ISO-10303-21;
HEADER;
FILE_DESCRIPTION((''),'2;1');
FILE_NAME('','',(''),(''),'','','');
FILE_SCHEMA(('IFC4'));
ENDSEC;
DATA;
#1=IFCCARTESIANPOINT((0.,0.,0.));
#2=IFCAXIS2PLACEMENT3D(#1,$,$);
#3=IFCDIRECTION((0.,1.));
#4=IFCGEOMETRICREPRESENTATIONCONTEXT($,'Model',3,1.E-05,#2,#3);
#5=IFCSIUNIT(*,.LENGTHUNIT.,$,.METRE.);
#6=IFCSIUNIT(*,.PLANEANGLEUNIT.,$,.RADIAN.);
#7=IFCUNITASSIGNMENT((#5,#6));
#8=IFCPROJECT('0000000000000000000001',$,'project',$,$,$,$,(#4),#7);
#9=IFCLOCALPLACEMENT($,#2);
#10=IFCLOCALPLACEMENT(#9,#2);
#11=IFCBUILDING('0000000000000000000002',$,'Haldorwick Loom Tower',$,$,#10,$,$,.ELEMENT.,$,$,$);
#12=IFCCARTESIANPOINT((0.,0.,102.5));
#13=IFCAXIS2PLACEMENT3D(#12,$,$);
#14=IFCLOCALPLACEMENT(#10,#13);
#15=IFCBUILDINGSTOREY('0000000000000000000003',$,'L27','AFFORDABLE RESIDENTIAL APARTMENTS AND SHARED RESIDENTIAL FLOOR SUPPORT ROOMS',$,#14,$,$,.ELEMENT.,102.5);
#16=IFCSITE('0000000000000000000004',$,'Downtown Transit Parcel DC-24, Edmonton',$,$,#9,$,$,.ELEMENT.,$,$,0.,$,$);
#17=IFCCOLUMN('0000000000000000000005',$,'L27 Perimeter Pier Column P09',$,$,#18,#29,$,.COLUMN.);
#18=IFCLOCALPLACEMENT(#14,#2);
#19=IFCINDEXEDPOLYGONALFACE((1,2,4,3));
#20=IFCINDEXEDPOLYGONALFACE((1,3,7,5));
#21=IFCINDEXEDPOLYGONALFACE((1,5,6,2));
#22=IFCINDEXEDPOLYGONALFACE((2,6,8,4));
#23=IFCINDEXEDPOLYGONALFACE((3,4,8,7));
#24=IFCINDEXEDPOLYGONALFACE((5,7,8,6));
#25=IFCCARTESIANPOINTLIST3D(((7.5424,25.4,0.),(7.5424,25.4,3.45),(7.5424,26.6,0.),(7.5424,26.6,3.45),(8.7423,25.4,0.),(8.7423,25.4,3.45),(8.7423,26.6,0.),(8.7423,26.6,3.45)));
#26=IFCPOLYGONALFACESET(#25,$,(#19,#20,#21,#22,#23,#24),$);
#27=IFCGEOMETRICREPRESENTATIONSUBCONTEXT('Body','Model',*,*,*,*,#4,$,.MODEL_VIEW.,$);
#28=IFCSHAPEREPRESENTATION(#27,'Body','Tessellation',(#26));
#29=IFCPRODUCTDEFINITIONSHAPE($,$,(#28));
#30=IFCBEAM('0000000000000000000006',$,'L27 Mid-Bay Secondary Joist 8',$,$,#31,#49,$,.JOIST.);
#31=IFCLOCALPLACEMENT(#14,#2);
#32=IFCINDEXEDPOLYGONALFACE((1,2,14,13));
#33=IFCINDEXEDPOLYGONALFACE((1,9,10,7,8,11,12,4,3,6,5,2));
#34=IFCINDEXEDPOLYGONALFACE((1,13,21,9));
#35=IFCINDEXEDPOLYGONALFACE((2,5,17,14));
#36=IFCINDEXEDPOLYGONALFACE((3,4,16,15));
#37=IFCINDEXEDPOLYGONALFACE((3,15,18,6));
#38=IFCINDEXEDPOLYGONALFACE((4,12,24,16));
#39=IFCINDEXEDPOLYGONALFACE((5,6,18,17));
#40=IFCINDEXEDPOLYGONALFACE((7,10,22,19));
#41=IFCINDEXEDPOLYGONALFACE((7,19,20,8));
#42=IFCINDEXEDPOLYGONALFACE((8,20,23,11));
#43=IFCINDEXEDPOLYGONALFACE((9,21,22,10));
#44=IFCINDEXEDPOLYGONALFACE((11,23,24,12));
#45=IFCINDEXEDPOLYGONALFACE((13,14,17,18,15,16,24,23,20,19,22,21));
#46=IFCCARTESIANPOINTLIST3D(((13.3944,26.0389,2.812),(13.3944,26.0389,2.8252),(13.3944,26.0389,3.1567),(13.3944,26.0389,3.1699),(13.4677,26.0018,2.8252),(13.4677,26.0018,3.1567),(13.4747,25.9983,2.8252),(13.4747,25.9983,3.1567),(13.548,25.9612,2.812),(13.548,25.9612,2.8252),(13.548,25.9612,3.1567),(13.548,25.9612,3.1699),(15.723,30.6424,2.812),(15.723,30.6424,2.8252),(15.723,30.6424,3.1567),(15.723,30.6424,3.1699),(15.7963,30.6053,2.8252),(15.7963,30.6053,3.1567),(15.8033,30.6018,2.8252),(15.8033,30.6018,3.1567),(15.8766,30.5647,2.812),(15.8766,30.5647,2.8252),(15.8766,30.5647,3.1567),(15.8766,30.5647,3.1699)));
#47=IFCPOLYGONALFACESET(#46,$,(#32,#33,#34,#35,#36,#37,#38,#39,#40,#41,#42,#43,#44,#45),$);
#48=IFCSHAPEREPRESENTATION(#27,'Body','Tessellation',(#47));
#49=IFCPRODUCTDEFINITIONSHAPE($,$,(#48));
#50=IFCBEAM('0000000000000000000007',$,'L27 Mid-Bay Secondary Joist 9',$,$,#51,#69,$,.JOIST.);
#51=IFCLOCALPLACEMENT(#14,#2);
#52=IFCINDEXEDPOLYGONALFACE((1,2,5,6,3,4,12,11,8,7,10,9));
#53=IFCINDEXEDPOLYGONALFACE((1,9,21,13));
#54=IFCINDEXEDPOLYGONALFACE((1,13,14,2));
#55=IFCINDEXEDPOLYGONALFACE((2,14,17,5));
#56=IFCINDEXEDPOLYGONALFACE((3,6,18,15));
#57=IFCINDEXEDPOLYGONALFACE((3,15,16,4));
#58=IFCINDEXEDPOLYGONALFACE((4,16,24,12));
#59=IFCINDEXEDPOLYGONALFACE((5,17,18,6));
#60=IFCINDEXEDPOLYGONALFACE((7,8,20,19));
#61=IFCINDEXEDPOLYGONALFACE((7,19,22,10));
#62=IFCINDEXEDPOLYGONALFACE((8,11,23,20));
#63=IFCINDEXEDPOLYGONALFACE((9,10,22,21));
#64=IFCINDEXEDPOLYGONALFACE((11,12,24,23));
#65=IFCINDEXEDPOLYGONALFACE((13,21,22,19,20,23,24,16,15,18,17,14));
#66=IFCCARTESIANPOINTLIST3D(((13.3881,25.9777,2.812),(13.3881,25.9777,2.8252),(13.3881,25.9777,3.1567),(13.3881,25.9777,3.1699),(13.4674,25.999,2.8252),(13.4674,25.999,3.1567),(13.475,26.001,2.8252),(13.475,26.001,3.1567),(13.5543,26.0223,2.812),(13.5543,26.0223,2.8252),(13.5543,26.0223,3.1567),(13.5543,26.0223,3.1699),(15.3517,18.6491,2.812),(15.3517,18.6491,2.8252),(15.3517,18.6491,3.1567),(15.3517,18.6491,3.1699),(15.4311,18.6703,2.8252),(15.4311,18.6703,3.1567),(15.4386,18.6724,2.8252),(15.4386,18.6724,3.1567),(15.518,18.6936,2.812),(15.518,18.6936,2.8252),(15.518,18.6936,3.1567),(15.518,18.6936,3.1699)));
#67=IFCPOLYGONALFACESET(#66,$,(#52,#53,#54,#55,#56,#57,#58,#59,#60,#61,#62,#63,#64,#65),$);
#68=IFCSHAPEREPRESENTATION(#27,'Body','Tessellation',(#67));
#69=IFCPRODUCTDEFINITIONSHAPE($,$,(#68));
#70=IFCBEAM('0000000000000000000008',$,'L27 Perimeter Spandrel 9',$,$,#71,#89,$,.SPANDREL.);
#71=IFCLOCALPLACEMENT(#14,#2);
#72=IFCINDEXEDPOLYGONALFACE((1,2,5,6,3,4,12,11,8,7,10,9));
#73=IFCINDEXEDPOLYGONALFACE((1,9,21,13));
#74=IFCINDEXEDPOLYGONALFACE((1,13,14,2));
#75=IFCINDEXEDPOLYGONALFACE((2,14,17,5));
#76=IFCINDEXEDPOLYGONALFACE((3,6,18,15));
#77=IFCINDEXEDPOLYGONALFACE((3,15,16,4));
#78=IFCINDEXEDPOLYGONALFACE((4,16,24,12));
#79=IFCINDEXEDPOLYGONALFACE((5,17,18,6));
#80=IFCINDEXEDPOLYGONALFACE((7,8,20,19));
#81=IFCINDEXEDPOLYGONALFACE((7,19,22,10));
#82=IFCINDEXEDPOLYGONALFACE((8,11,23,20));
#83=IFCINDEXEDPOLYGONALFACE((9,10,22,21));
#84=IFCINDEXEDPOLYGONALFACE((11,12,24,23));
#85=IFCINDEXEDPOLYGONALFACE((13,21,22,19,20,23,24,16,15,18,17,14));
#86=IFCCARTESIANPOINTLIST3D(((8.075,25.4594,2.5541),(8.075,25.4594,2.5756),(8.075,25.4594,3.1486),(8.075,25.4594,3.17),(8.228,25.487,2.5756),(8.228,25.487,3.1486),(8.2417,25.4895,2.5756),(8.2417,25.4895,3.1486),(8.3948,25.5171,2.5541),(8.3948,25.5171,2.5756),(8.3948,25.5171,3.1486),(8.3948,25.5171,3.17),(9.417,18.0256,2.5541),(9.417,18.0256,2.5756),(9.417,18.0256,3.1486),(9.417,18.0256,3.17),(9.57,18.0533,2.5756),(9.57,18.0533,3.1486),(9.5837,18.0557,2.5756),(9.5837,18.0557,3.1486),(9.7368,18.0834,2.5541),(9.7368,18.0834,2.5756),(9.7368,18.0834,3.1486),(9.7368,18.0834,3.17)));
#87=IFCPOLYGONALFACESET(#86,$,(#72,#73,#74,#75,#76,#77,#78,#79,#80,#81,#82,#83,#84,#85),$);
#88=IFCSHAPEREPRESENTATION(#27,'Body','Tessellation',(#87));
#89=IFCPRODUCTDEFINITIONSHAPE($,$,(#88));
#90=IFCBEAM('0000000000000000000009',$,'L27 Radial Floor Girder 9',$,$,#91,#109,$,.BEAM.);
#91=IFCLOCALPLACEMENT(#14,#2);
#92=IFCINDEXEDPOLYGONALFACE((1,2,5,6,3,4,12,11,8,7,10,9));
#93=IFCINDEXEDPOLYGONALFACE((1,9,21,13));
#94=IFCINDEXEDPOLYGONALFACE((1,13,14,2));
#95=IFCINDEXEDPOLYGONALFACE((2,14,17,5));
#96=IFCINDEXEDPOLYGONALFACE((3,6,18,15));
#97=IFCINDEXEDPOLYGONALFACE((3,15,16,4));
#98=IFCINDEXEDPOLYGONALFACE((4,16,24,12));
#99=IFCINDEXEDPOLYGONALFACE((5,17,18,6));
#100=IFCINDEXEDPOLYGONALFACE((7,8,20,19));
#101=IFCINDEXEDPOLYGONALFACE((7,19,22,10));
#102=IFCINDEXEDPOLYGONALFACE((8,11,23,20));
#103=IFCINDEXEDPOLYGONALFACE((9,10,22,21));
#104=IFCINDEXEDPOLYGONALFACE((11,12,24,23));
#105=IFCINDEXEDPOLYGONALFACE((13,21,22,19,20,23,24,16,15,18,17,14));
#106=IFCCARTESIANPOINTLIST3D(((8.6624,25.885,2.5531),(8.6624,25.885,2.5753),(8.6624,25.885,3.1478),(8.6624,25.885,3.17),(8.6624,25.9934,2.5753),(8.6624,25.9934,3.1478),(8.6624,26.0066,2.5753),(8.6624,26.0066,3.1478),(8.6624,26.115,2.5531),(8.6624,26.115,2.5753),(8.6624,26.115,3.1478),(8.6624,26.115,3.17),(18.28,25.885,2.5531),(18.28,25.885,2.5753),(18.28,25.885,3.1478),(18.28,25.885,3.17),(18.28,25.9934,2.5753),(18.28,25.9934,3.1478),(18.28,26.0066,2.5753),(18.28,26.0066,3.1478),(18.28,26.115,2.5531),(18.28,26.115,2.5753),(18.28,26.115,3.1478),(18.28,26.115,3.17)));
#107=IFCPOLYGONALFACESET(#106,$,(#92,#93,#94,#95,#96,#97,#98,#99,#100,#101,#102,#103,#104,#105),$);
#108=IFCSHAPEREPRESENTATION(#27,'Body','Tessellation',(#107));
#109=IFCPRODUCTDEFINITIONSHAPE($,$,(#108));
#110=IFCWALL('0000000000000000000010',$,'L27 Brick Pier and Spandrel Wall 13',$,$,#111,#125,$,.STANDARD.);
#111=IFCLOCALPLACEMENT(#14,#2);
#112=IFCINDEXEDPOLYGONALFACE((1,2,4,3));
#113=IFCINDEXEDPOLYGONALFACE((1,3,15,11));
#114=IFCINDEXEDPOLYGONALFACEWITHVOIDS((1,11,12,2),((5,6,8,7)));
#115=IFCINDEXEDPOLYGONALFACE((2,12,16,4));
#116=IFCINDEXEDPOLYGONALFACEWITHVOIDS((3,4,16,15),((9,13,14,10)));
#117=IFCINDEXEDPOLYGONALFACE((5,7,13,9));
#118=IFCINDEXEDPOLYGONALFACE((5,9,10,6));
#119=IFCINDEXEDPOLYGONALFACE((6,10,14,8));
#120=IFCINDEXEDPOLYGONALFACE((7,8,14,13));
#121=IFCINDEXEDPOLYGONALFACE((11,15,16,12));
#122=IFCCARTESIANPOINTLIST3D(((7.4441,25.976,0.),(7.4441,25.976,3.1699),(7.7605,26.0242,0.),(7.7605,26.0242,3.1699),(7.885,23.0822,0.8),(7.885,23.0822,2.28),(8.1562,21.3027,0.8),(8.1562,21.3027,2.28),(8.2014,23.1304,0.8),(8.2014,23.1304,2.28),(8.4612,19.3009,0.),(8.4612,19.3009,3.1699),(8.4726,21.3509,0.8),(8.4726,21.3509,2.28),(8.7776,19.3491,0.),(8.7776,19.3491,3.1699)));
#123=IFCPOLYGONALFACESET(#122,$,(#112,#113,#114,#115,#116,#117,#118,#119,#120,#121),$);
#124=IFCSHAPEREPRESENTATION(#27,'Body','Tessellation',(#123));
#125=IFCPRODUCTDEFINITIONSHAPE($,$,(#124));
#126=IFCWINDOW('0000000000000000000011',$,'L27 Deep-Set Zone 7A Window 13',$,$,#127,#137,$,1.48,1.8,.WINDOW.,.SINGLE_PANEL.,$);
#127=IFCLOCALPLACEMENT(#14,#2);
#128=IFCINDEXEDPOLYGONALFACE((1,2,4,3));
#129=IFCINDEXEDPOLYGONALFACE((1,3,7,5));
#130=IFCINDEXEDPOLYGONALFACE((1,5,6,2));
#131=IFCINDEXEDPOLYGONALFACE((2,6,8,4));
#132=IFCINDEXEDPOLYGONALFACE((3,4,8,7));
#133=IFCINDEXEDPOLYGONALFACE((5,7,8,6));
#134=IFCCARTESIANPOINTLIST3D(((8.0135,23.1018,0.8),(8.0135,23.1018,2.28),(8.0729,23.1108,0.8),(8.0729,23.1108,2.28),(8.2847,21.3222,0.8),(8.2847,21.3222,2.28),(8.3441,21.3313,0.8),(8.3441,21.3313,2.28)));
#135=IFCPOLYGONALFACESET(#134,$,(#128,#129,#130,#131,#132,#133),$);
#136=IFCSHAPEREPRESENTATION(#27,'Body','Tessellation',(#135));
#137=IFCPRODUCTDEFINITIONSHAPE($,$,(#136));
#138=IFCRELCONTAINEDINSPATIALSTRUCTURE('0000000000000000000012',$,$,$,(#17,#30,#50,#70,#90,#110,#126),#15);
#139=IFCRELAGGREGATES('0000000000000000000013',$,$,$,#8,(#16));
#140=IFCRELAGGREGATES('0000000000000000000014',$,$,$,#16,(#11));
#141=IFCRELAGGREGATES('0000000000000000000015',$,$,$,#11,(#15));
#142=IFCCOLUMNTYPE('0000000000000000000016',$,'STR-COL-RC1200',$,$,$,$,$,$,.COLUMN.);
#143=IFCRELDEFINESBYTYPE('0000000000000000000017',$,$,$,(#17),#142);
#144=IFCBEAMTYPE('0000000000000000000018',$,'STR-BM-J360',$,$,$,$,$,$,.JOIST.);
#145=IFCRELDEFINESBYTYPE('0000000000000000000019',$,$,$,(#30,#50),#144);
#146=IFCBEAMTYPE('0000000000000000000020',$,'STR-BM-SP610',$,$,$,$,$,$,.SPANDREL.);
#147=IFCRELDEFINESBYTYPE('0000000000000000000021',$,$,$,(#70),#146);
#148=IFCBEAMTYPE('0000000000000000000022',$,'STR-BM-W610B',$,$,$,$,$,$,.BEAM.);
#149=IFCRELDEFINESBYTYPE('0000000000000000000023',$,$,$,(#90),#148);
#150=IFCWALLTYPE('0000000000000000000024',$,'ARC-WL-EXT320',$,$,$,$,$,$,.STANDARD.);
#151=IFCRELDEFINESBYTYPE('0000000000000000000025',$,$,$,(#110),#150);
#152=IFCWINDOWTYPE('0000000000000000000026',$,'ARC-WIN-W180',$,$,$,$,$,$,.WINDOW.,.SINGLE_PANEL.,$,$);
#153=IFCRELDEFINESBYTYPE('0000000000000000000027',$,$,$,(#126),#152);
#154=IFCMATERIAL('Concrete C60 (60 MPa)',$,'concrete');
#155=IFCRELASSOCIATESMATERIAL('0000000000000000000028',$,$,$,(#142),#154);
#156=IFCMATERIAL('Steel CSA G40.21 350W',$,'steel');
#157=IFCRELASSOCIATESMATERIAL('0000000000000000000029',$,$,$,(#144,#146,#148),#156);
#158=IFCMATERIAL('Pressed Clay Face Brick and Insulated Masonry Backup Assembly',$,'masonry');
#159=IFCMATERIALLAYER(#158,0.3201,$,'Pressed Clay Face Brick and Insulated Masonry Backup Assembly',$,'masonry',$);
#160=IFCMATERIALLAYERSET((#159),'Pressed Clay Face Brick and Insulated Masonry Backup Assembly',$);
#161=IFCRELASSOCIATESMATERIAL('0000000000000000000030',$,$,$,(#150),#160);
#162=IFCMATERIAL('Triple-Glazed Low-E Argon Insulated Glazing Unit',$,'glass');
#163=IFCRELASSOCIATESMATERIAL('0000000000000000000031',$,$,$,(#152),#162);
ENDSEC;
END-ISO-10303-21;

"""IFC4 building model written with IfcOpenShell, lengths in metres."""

from ifc_helpers import new_model, si_unit, direction, frame, frame_2d, origin, origin_2d, place, context, subcontext, project, spatial, rectangle, i_section, extrude, material, layer, layer_set, material_profile, profile_set, type_object, element, fill, save


model = new_model("IFC4")

# Units and contexts
model_context = context("Model", 3, precision=1e-05, world=origin(), true_north=direction((0.0, 1.0)))
body_context = subcontext(model_context, "Body", "Model", "MODEL_VIEW")
ifc_project = project(units=[si_unit("LENGTHUNIT", "METRE"), si_unit("PLANEANGLEUNIT", "RADIAN")], contexts=[model_context])

# Site, building, storey
site_placement = place(None, origin())
site = spatial("IfcSite", under=ifc_project, at=site_placement, Name="Downtown Transit Parcel DC-24, Edmonton", CompositionType="ELEMENT", RefElevation=0.0)
building_placement = place(site_placement, origin())
building = spatial("IfcBuilding", under=site, at=building_placement, Name="Haldorwick Loom Tower", CompositionType="ELEMENT")
storey_placement = place(building_placement, frame((0.0, 0.0, 102.5)))
storey = spatial("IfcBuildingStorey", under=building, at=storey_placement, Name="L27", Description="AFFORDABLE RESIDENTIAL APARTMENTS AND SHARED RESIDENTIAL FLOOR SUPPORT ROOMS", CompositionType="ELEMENT", Elevation=102.5)

# Column
ifc_material_1 = material(Name="Concrete C60 (60 MPa)", Category="concrete")
ifc_material_profile_1 = material_profile(ifc_material_1, rectangle(XDim=1.2, YDim=1.2, at=origin_2d()), Name="RC1200X1200", Category="concrete")
ifc_profile_set_1 = profile_set([ifc_material_profile_1], Name="Concrete C60 (60 MPa)")
column_type = type_object("IfcColumnType", Name="STR-COL-RC1200", PredefinedType="COLUMN", material=ifc_profile_set_1)
column_placement = place(storey_placement, frame((8.1423, 26.0, 0.0), z_axis=(0.0, 0.0, 1.0), x_axis=(-1.0, 0.0, 0.0)))
element("IfcColumn", 1, at=column_placement, inside=storey, type_object=column_type, Name="L27 Perimeter Pier Column P09", PredefinedType="COLUMN", context=body_context, shape_type="SweptSolid", body=[
    extrude(rectangle(XDim=1.2, YDim=1.2, at=origin_2d()), origin(), (0.0, 0.0, 1.0), 3.45),
])

# Beams
ifc_material_2 = material(Name="Steel CSA G40.21 350W", Category="steel")
ifc_material_profile_2 = material_profile(ifc_material_2, i_section(OverallWidth=0.1721, OverallDepth=0.3579, WebThickness=0.0078, FlangeThickness=0.0132, at=origin_2d()), Name="W360X57", Category="steel")
ifc_profile_set_2 = profile_set([ifc_material_profile_2], Name="Steel CSA G40.21 350W")
beam_type_1 = type_object("IfcBeamType", Name="STR-BM-J360", PredefinedType="JOIST", material=ifc_profile_set_2)
beam_1_placement = place(storey_placement, frame((15.7998, 30.6035, 2.991), z_axis=(-0.451373, -0.892335, 0.0), x_axis=(0.892335, -0.451373, 0.0)))
element("IfcBeam", 2, at=beam_1_placement, inside=storey, type_object=beam_type_1, Name="L27 Mid-Bay Secondary Joist 8", PredefinedType="JOIST", context=body_context, shape_type="SweptSolid", body=[
    extrude(i_section(OverallWidth=0.1721, OverallDepth=0.3579, WebThickness=0.0078, FlangeThickness=0.0132, at=origin_2d()), origin(), (0.0, 0.0, 1.0), 5.1589),
])
beam_2_placement = place(storey_placement, frame((13.4712, 26.0, 2.991), z_axis=(0.25881, -0.965928, 0.0), x_axis=(0.965928, 0.25881, 0.0)))
element("IfcBeam", 3, at=beam_2_placement, inside=storey, type_object=beam_type_1, Name="L27 Mid-Bay Secondary Joist 9", PredefinedType="JOIST", context=body_context, shape_type="SweptSolid", body=[
    extrude(i_section(OverallWidth=0.1721, OverallDepth=0.3579, WebThickness=0.0078, FlangeThickness=0.0132, at=origin_2d()), origin(), (0.0, 0.0, 1.0), 7.5872),
])
ifc_material_profile_3 = material_profile(ifc_material_2, i_section(OverallWidth=0.325, OverallDepth=0.616, WebThickness=0.0139, FlangeThickness=0.0215, at=origin_2d()), Name="W610X174", Category="steel")
ifc_profile_set_3 = profile_set([ifc_material_profile_3], Name="Steel CSA G40.21 350W")
beam_type_2 = type_object("IfcBeamType", Name="STR-BM-SP610", PredefinedType="SPANDREL", material=ifc_profile_set_3)
beam_3_placement = place(storey_placement, frame((8.2349, 25.4883, 2.8621), z_axis=(0.177659, -0.984092, 0.0), x_axis=(0.984092, 0.177659, 0.0)))
element("IfcBeam", 4, at=beam_3_placement, inside=storey, type_object=beam_type_2, Name="L27 Perimeter Spandrel 9", PredefinedType="SPANDREL", context=body_context, shape_type="SweptSolid", body=[
    extrude(i_section(OverallWidth=0.325, OverallDepth=0.616, WebThickness=0.0139, FlangeThickness=0.0215, at=origin_2d()), origin(), (0.0, 0.0, 1.0), 7.554),
])
ifc_material_profile_4 = material_profile(ifc_material_2, i_section(OverallWidth=0.23, OverallDepth=0.6169, WebThickness=0.0132, FlangeThickness=0.0222, at=origin_2d()), Name="W610X140", Category="steel")
ifc_profile_set_4 = profile_set([ifc_material_profile_4], Name="Steel CSA G40.21 350W")
beam_type_3 = type_object("IfcBeamType", Name="STR-BM-W610B", PredefinedType="BEAM", material=ifc_profile_set_4)
beam_4_placement = place(storey_placement, frame((18.28, 26.0, 2.8616), z_axis=(-1.0, 0.0, 0.0), x_axis=(0.0, -1.0, 0.0)))
element("IfcBeam", 5, at=beam_4_placement, inside=storey, type_object=beam_type_3, Name="L27 Radial Floor Girder 9", PredefinedType="BEAM", context=body_context, shape_type="SweptSolid", body=[
    extrude(i_section(OverallWidth=0.23, OverallDepth=0.6169, WebThickness=0.0132, FlangeThickness=0.0222, at=origin_2d()), origin(), (0.0, 0.0, 1.0), 9.6177),
])

# Wall, opening, window
ifc_material_3 = material(Name="Pressed Clay Face Brick and Insulated Masonry Backup Assembly", Category="masonry")
ifc_layer_1 = layer(ifc_material_3, 0.3201, Name="Pressed Clay Face Brick and Insulated Masonry Backup Assembly", Category="masonry")
ifc_layer_set_1 = layer_set([ifc_layer_1], Name="Pressed Clay Face Brick and Insulated Masonry Backup Assembly")
wall_type_1 = type_object("IfcWallType", Name="ARC-WL-EXT320", PredefinedType="STANDARD", material=ifc_layer_set_1)
wall_1_placement = place(storey_placement, frame((7.6023, 26.0, 0.0), z_axis=(0.0, 0.0, 1.0), x_axis=(0.150633, -0.98859, 0.0)))
wall_1 = element("IfcWall", 6, at=wall_1_placement, inside=storey, type_object=wall_type_1, Name="L27 Brick Pier and Spandrel Wall 13", PredefinedType="STANDARD", context=body_context, shape_type="SweptSolid", body=[
    extrude(rectangle(XDim=6.7522, YDim=0.3201, at=frame_2d((3.376, 0.0))), origin(), (0.0, 0.0, 1.0), 3.1699),
])
opening_1_placement = place(wall_1_placement, frame((2.9272, 0.0, 0.8)))
opening_1 = element("IfcOpeningElement", 7, at=opening_1_placement, cuts=wall_1, PredefinedType="OPENING", context=body_context, shape_type="SweptSolid", body=[
    extrude(rectangle(XDim=1.8, YDim=1.48, at=frame_2d((0.8999, 0.74))), frame((0.0, 0.1699, 0.0), z_axis=(0.0, -1.0, 0.0), x_axis=(1.0, 0.0, 0.0)), (0.0, 0.0, 1.0), 0.3401),
])
ifc_material_4 = material(Name="Triple-Glazed Low-E Argon Insulated Glazing Unit", Category="glass")
window_type = type_object("IfcWindowType", Name="ARC-WIN-W180", PartitioningType="SINGLE_PANEL", PredefinedType="WINDOW", material=ifc_material_4)
window_placement = place(opening_1_placement, origin())
window = element("IfcWindow", 8, at=window_placement, inside=storey, type_object=window_type, Name="L27 Deep-Set Zone 7A Window 13", OverallHeight=1.48, OverallWidth=1.8, PartitioningType="SINGLE_PANEL", PredefinedType="WINDOW", context=body_context, shape_type="SweptSolid", body=[
    extrude(rectangle(XDim=1.8, YDim=1.48, at=frame_2d((0.8999, 0.74))), frame((0.0, 0.03, 0.0), z_axis=(0.0, -1.0, 0.0), x_axis=(1.0, 0.0, 0.0)), (0.0, 0.0, 1.0), 0.0601),
])
fill(opening_1, window)

save(model, "model.ifc")
